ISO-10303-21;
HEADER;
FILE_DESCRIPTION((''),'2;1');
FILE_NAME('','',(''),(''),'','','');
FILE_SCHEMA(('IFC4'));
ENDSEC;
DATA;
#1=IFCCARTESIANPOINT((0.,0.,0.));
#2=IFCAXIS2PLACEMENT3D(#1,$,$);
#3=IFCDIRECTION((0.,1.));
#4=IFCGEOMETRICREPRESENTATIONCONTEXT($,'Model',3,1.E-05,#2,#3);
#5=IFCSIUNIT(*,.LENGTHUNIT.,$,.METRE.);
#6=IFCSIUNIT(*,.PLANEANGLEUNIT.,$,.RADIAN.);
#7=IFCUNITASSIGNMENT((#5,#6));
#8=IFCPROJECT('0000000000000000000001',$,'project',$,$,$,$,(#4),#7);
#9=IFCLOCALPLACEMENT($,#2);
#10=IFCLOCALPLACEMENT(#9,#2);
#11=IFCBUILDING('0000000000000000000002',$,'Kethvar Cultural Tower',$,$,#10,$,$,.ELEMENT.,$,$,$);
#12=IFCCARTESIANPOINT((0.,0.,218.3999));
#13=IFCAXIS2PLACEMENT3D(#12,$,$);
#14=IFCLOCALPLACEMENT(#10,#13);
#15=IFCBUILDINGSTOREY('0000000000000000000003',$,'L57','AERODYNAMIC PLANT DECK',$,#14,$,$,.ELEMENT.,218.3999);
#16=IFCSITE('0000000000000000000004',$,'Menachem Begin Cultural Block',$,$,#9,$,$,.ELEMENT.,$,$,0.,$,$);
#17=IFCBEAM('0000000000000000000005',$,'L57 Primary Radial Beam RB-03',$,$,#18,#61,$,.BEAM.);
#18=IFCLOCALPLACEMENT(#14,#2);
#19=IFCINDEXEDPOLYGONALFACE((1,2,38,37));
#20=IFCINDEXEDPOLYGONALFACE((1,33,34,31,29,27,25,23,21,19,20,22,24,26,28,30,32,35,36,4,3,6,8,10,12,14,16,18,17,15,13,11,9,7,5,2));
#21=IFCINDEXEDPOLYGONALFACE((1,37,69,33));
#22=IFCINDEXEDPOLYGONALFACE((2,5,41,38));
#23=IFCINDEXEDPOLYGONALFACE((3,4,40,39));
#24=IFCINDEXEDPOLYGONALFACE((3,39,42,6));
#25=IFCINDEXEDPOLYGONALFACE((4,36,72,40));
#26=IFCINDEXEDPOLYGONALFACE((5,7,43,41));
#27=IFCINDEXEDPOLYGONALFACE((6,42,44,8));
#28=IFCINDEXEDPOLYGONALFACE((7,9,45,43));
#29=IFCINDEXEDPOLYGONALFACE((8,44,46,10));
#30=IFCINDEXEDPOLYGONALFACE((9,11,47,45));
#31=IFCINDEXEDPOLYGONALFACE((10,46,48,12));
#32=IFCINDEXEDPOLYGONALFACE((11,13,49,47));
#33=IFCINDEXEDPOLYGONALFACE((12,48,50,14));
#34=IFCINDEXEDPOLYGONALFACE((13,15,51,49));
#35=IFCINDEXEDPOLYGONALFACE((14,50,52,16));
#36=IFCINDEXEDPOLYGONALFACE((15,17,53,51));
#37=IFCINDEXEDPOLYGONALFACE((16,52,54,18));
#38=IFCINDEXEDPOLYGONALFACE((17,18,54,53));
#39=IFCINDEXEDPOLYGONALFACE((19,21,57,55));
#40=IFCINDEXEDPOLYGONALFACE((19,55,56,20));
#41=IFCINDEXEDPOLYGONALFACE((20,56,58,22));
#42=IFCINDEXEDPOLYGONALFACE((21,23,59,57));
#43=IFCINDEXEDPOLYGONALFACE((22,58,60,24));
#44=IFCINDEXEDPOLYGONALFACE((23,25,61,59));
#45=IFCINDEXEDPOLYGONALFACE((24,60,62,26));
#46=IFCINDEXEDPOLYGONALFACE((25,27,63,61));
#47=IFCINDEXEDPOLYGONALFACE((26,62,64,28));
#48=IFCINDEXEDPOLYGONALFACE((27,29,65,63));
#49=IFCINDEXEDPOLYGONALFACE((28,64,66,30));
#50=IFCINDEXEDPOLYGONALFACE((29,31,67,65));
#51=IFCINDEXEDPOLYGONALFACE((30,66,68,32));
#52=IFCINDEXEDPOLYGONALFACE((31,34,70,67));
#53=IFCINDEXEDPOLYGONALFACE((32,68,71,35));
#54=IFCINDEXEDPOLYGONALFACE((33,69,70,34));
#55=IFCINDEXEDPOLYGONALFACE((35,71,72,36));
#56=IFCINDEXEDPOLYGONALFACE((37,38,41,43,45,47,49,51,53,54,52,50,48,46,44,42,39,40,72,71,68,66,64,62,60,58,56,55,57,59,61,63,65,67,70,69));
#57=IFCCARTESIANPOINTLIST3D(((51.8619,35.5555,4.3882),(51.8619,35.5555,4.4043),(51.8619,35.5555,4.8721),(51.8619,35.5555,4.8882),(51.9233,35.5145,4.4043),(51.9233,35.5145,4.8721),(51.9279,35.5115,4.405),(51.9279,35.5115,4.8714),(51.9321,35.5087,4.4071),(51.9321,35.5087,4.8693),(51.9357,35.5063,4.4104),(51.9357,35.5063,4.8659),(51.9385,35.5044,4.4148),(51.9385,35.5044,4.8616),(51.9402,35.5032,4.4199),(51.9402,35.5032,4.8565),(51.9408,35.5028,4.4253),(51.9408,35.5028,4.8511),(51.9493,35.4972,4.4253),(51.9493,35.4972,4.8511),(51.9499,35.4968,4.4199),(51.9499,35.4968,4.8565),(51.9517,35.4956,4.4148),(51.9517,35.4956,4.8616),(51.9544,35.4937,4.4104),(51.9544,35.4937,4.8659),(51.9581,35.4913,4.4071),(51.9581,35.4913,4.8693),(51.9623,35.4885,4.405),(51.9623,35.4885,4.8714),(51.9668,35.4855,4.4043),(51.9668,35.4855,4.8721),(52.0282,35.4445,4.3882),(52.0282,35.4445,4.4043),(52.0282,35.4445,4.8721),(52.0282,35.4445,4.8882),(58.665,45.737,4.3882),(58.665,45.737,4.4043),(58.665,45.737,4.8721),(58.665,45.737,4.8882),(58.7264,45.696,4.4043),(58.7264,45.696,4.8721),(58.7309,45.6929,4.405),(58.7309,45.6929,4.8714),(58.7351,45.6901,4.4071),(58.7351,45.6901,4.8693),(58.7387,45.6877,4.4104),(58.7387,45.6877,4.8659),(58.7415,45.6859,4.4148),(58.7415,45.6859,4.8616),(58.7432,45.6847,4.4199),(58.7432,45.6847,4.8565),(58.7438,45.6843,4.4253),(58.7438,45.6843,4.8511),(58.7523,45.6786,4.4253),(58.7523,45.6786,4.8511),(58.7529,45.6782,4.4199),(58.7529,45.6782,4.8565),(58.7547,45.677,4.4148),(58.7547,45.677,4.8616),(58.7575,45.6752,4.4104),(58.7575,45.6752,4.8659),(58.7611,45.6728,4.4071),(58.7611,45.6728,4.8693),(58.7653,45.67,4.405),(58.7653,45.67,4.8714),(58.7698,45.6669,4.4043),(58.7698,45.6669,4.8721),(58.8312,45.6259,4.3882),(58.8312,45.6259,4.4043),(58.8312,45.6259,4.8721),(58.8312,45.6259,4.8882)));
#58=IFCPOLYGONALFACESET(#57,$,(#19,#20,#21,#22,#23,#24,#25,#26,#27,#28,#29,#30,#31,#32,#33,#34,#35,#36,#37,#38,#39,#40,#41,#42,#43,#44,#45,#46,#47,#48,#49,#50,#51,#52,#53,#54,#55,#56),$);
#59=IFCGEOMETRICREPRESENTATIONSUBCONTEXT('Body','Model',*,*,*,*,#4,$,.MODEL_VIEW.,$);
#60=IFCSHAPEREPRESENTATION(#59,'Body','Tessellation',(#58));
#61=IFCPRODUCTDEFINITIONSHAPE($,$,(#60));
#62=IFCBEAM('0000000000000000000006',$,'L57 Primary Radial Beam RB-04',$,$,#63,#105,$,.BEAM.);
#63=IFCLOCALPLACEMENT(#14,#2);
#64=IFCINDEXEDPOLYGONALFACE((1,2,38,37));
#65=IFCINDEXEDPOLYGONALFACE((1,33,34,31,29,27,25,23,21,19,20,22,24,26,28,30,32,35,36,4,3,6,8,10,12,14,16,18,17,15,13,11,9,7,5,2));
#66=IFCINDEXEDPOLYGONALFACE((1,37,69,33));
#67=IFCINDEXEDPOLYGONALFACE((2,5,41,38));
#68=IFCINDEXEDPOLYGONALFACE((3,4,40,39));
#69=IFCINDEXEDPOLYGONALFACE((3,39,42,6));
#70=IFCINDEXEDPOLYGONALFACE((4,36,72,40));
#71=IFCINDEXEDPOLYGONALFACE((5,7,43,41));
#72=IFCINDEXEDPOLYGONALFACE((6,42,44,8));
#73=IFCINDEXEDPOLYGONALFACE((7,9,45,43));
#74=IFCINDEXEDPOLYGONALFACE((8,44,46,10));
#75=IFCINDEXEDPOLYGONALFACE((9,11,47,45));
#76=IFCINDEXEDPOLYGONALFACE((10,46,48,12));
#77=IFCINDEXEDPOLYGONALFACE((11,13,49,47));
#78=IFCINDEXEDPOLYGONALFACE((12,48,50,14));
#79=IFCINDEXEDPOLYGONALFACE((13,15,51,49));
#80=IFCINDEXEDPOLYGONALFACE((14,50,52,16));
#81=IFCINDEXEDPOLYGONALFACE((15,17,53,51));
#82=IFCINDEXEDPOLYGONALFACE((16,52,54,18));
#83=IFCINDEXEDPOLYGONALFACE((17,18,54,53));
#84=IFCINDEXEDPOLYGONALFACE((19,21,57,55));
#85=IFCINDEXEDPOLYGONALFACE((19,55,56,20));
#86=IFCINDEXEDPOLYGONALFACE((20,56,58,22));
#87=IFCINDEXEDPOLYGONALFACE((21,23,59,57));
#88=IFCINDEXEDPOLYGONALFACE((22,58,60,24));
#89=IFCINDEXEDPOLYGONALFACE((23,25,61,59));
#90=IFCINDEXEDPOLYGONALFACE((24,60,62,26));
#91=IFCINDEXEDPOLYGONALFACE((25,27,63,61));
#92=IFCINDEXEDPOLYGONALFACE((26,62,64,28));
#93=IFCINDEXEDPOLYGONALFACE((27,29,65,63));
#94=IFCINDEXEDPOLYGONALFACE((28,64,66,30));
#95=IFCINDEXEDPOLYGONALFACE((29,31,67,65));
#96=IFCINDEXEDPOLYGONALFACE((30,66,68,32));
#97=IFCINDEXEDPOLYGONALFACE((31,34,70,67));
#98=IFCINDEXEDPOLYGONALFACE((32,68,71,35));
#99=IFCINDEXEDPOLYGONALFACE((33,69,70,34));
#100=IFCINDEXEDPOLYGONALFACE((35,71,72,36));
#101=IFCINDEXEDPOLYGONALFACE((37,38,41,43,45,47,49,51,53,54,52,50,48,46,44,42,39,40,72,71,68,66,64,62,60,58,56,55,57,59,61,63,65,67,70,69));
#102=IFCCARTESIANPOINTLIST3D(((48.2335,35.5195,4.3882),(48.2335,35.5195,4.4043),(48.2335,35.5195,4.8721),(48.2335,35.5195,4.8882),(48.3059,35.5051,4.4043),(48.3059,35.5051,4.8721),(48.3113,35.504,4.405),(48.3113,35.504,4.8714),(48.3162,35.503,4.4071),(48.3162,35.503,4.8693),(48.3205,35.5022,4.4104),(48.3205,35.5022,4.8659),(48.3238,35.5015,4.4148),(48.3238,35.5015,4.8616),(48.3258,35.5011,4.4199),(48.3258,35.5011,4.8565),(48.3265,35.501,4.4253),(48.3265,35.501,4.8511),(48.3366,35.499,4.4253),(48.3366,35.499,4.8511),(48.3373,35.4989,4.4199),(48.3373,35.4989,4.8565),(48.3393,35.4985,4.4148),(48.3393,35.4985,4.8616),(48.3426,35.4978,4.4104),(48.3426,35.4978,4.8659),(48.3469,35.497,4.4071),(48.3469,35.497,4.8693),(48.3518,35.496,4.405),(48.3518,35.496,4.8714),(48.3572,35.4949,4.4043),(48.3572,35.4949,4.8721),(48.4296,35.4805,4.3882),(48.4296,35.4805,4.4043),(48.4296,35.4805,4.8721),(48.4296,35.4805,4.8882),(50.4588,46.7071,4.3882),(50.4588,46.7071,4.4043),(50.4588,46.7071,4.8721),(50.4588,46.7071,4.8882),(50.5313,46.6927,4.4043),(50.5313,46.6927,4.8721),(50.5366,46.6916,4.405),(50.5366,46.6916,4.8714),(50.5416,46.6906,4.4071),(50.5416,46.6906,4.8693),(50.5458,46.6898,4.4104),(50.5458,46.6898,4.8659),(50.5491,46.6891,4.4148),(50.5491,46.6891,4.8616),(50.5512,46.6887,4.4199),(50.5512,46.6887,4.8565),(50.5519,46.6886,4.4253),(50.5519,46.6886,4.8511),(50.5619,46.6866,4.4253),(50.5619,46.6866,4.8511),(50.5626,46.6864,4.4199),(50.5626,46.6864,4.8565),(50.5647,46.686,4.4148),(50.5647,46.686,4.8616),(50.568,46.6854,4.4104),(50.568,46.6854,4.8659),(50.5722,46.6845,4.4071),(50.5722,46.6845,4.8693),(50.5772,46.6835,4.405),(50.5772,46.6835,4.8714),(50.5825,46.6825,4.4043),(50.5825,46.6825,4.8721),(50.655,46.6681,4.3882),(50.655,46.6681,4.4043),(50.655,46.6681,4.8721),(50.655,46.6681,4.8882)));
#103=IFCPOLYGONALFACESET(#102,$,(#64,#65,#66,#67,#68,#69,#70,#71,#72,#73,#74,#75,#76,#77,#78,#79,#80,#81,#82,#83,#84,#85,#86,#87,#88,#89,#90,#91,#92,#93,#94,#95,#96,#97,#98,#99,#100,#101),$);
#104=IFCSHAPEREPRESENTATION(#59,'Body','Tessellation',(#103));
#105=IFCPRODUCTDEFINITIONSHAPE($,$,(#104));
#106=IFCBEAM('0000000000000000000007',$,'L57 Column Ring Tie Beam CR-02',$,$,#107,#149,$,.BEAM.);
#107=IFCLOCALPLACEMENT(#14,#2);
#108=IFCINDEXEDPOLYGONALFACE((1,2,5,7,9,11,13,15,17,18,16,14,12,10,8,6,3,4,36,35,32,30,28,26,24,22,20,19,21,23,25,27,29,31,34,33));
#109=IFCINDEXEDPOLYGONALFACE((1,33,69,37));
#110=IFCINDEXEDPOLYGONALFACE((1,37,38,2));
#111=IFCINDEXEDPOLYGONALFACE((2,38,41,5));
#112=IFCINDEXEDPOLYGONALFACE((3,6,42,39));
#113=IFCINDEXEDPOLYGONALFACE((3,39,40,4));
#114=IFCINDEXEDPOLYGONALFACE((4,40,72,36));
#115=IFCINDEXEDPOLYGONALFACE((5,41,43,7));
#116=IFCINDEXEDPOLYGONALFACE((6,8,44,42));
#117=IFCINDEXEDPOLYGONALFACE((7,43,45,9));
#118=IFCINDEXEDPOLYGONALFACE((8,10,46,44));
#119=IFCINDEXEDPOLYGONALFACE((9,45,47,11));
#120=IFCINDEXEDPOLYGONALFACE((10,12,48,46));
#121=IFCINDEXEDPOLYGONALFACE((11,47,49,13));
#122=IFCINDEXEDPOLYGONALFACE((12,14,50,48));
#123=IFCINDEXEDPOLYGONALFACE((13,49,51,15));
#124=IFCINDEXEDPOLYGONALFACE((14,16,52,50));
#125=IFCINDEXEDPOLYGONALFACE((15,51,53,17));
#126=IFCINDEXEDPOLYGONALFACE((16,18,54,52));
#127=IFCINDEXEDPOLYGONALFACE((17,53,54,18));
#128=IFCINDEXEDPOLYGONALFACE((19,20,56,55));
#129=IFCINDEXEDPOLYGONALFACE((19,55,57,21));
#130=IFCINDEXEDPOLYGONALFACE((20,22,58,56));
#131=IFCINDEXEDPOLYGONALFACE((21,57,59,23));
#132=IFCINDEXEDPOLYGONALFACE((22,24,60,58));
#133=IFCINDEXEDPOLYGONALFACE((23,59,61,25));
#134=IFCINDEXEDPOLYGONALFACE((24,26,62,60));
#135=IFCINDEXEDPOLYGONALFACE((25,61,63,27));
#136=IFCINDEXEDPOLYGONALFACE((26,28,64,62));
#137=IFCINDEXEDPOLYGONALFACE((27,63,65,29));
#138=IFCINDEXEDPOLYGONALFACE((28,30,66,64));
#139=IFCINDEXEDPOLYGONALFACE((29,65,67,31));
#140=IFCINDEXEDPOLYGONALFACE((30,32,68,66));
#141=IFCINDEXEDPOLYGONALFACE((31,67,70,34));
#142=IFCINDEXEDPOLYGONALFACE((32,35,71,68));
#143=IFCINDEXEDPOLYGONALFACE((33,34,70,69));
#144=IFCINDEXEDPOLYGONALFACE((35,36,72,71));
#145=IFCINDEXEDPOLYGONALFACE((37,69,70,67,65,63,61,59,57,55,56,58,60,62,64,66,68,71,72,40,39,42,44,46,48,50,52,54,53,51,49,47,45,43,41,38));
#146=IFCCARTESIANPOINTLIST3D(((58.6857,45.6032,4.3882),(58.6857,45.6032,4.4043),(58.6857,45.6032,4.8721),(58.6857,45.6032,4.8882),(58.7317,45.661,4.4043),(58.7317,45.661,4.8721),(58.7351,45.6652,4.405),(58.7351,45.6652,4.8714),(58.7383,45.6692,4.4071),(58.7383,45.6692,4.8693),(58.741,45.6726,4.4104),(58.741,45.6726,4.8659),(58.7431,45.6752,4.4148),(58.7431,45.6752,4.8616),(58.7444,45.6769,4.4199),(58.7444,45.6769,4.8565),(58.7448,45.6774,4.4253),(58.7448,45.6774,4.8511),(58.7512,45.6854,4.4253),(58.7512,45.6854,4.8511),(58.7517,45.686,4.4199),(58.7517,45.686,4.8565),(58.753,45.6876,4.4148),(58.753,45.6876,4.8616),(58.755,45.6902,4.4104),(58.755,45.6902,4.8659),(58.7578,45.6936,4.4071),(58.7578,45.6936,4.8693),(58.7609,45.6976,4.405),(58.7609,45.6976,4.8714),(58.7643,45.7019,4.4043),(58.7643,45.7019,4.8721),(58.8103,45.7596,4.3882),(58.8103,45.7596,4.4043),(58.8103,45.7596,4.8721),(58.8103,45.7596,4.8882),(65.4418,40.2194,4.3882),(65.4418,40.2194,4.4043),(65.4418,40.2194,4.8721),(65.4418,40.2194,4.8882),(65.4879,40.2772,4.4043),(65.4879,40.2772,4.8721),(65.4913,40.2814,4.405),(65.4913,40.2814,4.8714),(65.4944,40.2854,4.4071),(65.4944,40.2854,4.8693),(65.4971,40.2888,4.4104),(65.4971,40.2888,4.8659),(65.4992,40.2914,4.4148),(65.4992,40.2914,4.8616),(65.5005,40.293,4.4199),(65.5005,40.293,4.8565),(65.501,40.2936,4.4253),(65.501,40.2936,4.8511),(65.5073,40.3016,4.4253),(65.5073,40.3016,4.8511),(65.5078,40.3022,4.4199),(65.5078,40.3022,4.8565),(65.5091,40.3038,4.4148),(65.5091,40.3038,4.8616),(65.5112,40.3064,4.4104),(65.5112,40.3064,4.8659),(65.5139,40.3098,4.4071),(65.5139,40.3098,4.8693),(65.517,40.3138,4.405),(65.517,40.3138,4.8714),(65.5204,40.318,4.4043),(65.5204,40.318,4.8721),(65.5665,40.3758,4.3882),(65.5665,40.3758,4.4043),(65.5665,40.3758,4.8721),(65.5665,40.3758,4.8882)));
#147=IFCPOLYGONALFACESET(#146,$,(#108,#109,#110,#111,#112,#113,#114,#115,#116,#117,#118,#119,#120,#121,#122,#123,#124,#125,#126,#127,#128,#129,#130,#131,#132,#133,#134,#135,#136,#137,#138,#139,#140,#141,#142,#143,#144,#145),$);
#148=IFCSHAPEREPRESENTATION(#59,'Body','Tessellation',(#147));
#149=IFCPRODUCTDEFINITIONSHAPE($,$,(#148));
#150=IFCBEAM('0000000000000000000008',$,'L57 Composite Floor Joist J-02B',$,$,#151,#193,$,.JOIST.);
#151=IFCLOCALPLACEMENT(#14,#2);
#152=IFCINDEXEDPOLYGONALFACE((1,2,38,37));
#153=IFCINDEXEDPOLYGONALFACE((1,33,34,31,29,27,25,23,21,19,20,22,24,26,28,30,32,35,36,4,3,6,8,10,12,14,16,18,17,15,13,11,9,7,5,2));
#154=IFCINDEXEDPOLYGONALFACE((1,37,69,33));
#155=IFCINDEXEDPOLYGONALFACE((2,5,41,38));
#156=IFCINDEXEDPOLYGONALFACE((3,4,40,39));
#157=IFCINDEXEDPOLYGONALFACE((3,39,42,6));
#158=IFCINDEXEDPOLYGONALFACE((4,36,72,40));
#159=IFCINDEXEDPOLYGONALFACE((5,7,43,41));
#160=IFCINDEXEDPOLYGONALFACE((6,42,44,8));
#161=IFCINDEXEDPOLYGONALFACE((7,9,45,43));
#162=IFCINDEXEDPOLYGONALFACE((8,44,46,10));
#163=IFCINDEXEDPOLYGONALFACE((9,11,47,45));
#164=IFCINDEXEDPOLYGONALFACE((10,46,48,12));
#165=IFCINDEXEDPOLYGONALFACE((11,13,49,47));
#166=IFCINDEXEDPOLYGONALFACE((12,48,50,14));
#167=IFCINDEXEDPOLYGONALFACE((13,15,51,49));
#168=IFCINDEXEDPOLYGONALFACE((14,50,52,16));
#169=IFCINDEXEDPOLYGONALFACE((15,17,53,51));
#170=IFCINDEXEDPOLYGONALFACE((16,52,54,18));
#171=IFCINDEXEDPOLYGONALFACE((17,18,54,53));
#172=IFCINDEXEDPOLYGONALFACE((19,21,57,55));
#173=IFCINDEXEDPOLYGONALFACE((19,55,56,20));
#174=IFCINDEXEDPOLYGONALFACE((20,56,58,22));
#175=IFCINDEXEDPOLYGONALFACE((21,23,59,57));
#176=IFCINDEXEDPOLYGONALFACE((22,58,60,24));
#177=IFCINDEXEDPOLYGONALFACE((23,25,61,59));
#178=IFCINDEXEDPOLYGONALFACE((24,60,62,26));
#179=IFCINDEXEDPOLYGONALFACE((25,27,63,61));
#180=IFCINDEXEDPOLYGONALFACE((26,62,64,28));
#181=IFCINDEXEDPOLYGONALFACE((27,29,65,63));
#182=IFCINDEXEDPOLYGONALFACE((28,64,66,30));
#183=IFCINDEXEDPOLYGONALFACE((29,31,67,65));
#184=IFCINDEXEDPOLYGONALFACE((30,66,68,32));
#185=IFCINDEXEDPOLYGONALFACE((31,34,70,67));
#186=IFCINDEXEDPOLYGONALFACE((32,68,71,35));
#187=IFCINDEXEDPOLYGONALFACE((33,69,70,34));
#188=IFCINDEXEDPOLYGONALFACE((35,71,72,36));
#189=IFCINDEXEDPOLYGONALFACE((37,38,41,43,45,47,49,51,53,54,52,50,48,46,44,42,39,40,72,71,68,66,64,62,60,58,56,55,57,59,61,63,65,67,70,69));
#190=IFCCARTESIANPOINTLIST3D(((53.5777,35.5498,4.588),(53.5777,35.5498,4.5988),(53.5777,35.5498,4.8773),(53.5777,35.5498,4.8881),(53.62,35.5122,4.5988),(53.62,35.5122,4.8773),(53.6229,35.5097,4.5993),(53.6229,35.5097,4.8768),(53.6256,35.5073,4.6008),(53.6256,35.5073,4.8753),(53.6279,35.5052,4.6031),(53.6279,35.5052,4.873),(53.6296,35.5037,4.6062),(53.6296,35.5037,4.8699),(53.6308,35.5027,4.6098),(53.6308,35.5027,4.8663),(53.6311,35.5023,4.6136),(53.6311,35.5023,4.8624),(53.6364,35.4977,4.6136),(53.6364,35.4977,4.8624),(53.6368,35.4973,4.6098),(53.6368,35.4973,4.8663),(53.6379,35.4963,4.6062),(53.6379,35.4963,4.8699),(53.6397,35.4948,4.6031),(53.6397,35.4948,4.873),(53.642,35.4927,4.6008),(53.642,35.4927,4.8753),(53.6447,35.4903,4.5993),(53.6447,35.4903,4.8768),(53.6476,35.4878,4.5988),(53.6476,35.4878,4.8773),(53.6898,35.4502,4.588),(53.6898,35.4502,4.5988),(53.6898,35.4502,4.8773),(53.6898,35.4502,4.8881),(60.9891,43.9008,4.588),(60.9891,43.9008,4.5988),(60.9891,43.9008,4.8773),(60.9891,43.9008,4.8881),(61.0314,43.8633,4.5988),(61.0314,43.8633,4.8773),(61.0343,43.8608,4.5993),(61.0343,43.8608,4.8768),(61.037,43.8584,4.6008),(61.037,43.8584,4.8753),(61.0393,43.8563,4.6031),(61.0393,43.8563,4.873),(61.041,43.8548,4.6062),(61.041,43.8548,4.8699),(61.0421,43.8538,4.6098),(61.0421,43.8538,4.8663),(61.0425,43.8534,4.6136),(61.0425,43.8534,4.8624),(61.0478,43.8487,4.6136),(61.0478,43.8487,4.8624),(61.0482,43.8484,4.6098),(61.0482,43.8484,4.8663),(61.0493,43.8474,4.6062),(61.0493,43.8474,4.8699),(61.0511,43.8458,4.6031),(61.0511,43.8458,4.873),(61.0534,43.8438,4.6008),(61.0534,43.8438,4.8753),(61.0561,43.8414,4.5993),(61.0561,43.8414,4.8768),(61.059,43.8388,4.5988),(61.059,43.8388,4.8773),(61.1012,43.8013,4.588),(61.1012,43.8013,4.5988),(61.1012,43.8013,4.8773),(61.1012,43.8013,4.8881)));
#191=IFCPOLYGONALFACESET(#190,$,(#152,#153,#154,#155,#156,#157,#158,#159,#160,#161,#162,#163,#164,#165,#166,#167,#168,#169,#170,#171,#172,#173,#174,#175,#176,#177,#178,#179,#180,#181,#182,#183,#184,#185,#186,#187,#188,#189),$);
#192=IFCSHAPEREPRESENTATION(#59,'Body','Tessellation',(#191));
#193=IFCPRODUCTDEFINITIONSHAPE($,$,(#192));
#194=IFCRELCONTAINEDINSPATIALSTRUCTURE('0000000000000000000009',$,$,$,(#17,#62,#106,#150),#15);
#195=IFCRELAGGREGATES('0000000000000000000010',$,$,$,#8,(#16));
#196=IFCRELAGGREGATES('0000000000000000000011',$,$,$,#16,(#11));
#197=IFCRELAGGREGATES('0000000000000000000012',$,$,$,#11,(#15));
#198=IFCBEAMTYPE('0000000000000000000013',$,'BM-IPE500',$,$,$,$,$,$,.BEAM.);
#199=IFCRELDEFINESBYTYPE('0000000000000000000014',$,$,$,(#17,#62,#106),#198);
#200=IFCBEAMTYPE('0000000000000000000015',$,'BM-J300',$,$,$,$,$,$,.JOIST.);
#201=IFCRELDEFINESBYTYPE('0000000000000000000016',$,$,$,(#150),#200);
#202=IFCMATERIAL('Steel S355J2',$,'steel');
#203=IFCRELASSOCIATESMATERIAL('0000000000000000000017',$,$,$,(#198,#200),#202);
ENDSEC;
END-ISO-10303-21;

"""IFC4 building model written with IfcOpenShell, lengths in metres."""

from ifc_helpers import new_model, si_unit, direction, frame, origin, origin_2d, place, context, subcontext, project, spatial, i_section, extrude, source, transform, mapped, material, material_profile, profile_set, type_object, element, save


model = new_model("IFC4")

# Units and contexts
model_context = context("Model", 3, precision=1e-05, world=origin(), true_north=direction((0.0, 1.0)))
body_context = subcontext(model_context, "Body", "Model", "MODEL_VIEW")
ifc_project = project(units=[si_unit("LENGTHUNIT", "METRE"), si_unit("PLANEANGLEUNIT", "RADIAN")], contexts=[model_context])

# Site, building, storey
site_placement = place(None, origin())
site = spatial("IfcSite", under=ifc_project, at=site_placement, Name="Menachem Begin Cultural Block", CompositionType="ELEMENT", RefElevation=0.0)
building_placement = place(site_placement, origin())
building = spatial("IfcBuilding", under=site, at=building_placement, Name="Kethvar Cultural Tower", CompositionType="ELEMENT")
storey_placement = place(building_placement, frame((0.0, 0.0, 218.3999)))
storey = spatial("IfcBuildingStorey", under=building, at=storey_placement, Name="L57", Description="AERODYNAMIC PLANT DECK", CompositionType="ELEMENT", Elevation=218.3999)

# Beams
ifc_material_1 = material(Name="Steel S355J2", Category="steel")
ifc_material_profile_1 = material_profile(ifc_material_1, i_section(OverallWidth=0.2, OverallDepth=0.5, WebThickness=0.0103, FlangeThickness=0.0161, FilletRadius=0.021, at=origin_2d()), Name="Steel S355J2 — IPE500")
ifc_profile_set_1 = profile_set([ifc_material_profile_1], Name="Steel S355J2 — IPE500")
beam_type_1 = type_object("IfcBeamType", Name="BM-IPE500", PredefinedType="BEAM", material=ifc_profile_set_1)
shared_shape_1 = source(origin(), body_context, "Body", "SweptSolid", [
    extrude(i_section(OverallWidth=0.2, OverallDepth=0.5, WebThickness=0.0103, FlangeThickness=0.0161, FilletRadius=0.021, at=origin_2d()), origin(), (0.0, 0.0, 1.0), 12.2451),
])
beam_1_placement = place(storey_placement, frame((51.9451, 35.5, 4.6382), z_axis=(0.555569, 0.83147, 0.0), x_axis=(-0.83147, 0.555569, 0.0)))
element("IfcBeam", 1, at=beam_1_placement, inside=storey, type_object=beam_type_1, Name="L57 Primary Radial Beam RB-03", PredefinedType="BEAM", context=body_context, shape_type="MappedRepresentation", body=[
    mapped(shared_shape_1, transform((0.0, 0.0, 0.0), scale=1.0)),
])
shared_shape_2 = source(origin(), body_context, "Body", "SweptSolid", [
    extrude(i_section(OverallWidth=0.2, OverallDepth=0.5, WebThickness=0.0103, FlangeThickness=0.0161, FilletRadius=0.021, at=origin_2d()), origin(), (0.0, 0.0, 1.0), 11.4067),
])
beam_2_placement = place(storey_placement, frame((48.3315, 35.5, 4.6382), z_axis=(0.195091, 0.980785, 0.0), x_axis=(-0.980785, 0.195091, 0.0)))
element("IfcBeam", 2, at=beam_2_placement, inside=storey, type_object=beam_type_1, Name="L57 Primary Radial Beam RB-04", PredefinedType="BEAM", context=body_context, shape_type="MappedRepresentation", body=[
    mapped(shared_shape_2, transform((0.0, 0.0, 0.0), scale=1.0)),
])
shared_shape_3 = source(origin(), body_context, "Body", "SweptSolid", [
    extrude(i_section(OverallWidth=0.2, OverallDepth=0.5, WebThickness=0.0103, FlangeThickness=0.0161, FilletRadius=0.021, at=origin_2d()), origin(), (0.0, 0.0, 1.0), 8.6389),
])
beam_3_placement = place(storey_placement, frame((65.5042, 40.2976, 4.6382), z_axis=(-0.782058, 0.623205, 0.0), x_axis=(-0.623205, -0.782058, 0.0)))
element("IfcBeam", 3, at=beam_3_placement, inside=storey, type_object=beam_type_1, Name="L57 Column Ring Tie Beam CR-02", PredefinedType="BEAM", context=body_context, shape_type="MappedRepresentation", body=[
    mapped(shared_shape_3, transform((0.0, 0.0, 0.0), scale=1.0)),
])
ifc_material_profile_2 = material_profile(ifc_material_1, i_section(OverallWidth=0.1499, OverallDepth=0.3, WebThickness=0.0071, FlangeThickness=0.0107, FilletRadius=0.0149, at=origin_2d()), Name="Steel S355J2 — IPE300")
ifc_profile_set_2 = profile_set([ifc_material_profile_2], Name="Steel S355J2 — IPE300")
beam_type_2 = type_object("IfcBeamType", Name="BM-J300", PredefinedType="JOIST", material=ifc_profile_set_2)
shared_shape_4 = source(origin(), body_context, "Body", "SweptSolid", [
    extrude(i_section(OverallWidth=0.1499, OverallDepth=0.3, WebThickness=0.0071, FlangeThickness=0.0107, FilletRadius=0.0149, at=origin_2d()), origin(), (0.0, 0.0, 1.0), 11.1655),
])
beam_4_placement = place(storey_placement, frame((53.6338, 35.5, 4.738), z_axis=(0.663773, 0.747934, 0.0), x_axis=(-0.747934, 0.663773, 0.0)))
element("IfcBeam", 4, at=beam_4_placement, inside=storey, type_object=beam_type_2, Name="L57 Composite Floor Joist J-02B", PredefinedType="JOIST", context=body_context, shape_type="MappedRepresentation", body=[
    mapped(shared_shape_4, transform((0.0, 0.0, 0.0), scale=1.0)),
])

save(model, "model.ifc")
